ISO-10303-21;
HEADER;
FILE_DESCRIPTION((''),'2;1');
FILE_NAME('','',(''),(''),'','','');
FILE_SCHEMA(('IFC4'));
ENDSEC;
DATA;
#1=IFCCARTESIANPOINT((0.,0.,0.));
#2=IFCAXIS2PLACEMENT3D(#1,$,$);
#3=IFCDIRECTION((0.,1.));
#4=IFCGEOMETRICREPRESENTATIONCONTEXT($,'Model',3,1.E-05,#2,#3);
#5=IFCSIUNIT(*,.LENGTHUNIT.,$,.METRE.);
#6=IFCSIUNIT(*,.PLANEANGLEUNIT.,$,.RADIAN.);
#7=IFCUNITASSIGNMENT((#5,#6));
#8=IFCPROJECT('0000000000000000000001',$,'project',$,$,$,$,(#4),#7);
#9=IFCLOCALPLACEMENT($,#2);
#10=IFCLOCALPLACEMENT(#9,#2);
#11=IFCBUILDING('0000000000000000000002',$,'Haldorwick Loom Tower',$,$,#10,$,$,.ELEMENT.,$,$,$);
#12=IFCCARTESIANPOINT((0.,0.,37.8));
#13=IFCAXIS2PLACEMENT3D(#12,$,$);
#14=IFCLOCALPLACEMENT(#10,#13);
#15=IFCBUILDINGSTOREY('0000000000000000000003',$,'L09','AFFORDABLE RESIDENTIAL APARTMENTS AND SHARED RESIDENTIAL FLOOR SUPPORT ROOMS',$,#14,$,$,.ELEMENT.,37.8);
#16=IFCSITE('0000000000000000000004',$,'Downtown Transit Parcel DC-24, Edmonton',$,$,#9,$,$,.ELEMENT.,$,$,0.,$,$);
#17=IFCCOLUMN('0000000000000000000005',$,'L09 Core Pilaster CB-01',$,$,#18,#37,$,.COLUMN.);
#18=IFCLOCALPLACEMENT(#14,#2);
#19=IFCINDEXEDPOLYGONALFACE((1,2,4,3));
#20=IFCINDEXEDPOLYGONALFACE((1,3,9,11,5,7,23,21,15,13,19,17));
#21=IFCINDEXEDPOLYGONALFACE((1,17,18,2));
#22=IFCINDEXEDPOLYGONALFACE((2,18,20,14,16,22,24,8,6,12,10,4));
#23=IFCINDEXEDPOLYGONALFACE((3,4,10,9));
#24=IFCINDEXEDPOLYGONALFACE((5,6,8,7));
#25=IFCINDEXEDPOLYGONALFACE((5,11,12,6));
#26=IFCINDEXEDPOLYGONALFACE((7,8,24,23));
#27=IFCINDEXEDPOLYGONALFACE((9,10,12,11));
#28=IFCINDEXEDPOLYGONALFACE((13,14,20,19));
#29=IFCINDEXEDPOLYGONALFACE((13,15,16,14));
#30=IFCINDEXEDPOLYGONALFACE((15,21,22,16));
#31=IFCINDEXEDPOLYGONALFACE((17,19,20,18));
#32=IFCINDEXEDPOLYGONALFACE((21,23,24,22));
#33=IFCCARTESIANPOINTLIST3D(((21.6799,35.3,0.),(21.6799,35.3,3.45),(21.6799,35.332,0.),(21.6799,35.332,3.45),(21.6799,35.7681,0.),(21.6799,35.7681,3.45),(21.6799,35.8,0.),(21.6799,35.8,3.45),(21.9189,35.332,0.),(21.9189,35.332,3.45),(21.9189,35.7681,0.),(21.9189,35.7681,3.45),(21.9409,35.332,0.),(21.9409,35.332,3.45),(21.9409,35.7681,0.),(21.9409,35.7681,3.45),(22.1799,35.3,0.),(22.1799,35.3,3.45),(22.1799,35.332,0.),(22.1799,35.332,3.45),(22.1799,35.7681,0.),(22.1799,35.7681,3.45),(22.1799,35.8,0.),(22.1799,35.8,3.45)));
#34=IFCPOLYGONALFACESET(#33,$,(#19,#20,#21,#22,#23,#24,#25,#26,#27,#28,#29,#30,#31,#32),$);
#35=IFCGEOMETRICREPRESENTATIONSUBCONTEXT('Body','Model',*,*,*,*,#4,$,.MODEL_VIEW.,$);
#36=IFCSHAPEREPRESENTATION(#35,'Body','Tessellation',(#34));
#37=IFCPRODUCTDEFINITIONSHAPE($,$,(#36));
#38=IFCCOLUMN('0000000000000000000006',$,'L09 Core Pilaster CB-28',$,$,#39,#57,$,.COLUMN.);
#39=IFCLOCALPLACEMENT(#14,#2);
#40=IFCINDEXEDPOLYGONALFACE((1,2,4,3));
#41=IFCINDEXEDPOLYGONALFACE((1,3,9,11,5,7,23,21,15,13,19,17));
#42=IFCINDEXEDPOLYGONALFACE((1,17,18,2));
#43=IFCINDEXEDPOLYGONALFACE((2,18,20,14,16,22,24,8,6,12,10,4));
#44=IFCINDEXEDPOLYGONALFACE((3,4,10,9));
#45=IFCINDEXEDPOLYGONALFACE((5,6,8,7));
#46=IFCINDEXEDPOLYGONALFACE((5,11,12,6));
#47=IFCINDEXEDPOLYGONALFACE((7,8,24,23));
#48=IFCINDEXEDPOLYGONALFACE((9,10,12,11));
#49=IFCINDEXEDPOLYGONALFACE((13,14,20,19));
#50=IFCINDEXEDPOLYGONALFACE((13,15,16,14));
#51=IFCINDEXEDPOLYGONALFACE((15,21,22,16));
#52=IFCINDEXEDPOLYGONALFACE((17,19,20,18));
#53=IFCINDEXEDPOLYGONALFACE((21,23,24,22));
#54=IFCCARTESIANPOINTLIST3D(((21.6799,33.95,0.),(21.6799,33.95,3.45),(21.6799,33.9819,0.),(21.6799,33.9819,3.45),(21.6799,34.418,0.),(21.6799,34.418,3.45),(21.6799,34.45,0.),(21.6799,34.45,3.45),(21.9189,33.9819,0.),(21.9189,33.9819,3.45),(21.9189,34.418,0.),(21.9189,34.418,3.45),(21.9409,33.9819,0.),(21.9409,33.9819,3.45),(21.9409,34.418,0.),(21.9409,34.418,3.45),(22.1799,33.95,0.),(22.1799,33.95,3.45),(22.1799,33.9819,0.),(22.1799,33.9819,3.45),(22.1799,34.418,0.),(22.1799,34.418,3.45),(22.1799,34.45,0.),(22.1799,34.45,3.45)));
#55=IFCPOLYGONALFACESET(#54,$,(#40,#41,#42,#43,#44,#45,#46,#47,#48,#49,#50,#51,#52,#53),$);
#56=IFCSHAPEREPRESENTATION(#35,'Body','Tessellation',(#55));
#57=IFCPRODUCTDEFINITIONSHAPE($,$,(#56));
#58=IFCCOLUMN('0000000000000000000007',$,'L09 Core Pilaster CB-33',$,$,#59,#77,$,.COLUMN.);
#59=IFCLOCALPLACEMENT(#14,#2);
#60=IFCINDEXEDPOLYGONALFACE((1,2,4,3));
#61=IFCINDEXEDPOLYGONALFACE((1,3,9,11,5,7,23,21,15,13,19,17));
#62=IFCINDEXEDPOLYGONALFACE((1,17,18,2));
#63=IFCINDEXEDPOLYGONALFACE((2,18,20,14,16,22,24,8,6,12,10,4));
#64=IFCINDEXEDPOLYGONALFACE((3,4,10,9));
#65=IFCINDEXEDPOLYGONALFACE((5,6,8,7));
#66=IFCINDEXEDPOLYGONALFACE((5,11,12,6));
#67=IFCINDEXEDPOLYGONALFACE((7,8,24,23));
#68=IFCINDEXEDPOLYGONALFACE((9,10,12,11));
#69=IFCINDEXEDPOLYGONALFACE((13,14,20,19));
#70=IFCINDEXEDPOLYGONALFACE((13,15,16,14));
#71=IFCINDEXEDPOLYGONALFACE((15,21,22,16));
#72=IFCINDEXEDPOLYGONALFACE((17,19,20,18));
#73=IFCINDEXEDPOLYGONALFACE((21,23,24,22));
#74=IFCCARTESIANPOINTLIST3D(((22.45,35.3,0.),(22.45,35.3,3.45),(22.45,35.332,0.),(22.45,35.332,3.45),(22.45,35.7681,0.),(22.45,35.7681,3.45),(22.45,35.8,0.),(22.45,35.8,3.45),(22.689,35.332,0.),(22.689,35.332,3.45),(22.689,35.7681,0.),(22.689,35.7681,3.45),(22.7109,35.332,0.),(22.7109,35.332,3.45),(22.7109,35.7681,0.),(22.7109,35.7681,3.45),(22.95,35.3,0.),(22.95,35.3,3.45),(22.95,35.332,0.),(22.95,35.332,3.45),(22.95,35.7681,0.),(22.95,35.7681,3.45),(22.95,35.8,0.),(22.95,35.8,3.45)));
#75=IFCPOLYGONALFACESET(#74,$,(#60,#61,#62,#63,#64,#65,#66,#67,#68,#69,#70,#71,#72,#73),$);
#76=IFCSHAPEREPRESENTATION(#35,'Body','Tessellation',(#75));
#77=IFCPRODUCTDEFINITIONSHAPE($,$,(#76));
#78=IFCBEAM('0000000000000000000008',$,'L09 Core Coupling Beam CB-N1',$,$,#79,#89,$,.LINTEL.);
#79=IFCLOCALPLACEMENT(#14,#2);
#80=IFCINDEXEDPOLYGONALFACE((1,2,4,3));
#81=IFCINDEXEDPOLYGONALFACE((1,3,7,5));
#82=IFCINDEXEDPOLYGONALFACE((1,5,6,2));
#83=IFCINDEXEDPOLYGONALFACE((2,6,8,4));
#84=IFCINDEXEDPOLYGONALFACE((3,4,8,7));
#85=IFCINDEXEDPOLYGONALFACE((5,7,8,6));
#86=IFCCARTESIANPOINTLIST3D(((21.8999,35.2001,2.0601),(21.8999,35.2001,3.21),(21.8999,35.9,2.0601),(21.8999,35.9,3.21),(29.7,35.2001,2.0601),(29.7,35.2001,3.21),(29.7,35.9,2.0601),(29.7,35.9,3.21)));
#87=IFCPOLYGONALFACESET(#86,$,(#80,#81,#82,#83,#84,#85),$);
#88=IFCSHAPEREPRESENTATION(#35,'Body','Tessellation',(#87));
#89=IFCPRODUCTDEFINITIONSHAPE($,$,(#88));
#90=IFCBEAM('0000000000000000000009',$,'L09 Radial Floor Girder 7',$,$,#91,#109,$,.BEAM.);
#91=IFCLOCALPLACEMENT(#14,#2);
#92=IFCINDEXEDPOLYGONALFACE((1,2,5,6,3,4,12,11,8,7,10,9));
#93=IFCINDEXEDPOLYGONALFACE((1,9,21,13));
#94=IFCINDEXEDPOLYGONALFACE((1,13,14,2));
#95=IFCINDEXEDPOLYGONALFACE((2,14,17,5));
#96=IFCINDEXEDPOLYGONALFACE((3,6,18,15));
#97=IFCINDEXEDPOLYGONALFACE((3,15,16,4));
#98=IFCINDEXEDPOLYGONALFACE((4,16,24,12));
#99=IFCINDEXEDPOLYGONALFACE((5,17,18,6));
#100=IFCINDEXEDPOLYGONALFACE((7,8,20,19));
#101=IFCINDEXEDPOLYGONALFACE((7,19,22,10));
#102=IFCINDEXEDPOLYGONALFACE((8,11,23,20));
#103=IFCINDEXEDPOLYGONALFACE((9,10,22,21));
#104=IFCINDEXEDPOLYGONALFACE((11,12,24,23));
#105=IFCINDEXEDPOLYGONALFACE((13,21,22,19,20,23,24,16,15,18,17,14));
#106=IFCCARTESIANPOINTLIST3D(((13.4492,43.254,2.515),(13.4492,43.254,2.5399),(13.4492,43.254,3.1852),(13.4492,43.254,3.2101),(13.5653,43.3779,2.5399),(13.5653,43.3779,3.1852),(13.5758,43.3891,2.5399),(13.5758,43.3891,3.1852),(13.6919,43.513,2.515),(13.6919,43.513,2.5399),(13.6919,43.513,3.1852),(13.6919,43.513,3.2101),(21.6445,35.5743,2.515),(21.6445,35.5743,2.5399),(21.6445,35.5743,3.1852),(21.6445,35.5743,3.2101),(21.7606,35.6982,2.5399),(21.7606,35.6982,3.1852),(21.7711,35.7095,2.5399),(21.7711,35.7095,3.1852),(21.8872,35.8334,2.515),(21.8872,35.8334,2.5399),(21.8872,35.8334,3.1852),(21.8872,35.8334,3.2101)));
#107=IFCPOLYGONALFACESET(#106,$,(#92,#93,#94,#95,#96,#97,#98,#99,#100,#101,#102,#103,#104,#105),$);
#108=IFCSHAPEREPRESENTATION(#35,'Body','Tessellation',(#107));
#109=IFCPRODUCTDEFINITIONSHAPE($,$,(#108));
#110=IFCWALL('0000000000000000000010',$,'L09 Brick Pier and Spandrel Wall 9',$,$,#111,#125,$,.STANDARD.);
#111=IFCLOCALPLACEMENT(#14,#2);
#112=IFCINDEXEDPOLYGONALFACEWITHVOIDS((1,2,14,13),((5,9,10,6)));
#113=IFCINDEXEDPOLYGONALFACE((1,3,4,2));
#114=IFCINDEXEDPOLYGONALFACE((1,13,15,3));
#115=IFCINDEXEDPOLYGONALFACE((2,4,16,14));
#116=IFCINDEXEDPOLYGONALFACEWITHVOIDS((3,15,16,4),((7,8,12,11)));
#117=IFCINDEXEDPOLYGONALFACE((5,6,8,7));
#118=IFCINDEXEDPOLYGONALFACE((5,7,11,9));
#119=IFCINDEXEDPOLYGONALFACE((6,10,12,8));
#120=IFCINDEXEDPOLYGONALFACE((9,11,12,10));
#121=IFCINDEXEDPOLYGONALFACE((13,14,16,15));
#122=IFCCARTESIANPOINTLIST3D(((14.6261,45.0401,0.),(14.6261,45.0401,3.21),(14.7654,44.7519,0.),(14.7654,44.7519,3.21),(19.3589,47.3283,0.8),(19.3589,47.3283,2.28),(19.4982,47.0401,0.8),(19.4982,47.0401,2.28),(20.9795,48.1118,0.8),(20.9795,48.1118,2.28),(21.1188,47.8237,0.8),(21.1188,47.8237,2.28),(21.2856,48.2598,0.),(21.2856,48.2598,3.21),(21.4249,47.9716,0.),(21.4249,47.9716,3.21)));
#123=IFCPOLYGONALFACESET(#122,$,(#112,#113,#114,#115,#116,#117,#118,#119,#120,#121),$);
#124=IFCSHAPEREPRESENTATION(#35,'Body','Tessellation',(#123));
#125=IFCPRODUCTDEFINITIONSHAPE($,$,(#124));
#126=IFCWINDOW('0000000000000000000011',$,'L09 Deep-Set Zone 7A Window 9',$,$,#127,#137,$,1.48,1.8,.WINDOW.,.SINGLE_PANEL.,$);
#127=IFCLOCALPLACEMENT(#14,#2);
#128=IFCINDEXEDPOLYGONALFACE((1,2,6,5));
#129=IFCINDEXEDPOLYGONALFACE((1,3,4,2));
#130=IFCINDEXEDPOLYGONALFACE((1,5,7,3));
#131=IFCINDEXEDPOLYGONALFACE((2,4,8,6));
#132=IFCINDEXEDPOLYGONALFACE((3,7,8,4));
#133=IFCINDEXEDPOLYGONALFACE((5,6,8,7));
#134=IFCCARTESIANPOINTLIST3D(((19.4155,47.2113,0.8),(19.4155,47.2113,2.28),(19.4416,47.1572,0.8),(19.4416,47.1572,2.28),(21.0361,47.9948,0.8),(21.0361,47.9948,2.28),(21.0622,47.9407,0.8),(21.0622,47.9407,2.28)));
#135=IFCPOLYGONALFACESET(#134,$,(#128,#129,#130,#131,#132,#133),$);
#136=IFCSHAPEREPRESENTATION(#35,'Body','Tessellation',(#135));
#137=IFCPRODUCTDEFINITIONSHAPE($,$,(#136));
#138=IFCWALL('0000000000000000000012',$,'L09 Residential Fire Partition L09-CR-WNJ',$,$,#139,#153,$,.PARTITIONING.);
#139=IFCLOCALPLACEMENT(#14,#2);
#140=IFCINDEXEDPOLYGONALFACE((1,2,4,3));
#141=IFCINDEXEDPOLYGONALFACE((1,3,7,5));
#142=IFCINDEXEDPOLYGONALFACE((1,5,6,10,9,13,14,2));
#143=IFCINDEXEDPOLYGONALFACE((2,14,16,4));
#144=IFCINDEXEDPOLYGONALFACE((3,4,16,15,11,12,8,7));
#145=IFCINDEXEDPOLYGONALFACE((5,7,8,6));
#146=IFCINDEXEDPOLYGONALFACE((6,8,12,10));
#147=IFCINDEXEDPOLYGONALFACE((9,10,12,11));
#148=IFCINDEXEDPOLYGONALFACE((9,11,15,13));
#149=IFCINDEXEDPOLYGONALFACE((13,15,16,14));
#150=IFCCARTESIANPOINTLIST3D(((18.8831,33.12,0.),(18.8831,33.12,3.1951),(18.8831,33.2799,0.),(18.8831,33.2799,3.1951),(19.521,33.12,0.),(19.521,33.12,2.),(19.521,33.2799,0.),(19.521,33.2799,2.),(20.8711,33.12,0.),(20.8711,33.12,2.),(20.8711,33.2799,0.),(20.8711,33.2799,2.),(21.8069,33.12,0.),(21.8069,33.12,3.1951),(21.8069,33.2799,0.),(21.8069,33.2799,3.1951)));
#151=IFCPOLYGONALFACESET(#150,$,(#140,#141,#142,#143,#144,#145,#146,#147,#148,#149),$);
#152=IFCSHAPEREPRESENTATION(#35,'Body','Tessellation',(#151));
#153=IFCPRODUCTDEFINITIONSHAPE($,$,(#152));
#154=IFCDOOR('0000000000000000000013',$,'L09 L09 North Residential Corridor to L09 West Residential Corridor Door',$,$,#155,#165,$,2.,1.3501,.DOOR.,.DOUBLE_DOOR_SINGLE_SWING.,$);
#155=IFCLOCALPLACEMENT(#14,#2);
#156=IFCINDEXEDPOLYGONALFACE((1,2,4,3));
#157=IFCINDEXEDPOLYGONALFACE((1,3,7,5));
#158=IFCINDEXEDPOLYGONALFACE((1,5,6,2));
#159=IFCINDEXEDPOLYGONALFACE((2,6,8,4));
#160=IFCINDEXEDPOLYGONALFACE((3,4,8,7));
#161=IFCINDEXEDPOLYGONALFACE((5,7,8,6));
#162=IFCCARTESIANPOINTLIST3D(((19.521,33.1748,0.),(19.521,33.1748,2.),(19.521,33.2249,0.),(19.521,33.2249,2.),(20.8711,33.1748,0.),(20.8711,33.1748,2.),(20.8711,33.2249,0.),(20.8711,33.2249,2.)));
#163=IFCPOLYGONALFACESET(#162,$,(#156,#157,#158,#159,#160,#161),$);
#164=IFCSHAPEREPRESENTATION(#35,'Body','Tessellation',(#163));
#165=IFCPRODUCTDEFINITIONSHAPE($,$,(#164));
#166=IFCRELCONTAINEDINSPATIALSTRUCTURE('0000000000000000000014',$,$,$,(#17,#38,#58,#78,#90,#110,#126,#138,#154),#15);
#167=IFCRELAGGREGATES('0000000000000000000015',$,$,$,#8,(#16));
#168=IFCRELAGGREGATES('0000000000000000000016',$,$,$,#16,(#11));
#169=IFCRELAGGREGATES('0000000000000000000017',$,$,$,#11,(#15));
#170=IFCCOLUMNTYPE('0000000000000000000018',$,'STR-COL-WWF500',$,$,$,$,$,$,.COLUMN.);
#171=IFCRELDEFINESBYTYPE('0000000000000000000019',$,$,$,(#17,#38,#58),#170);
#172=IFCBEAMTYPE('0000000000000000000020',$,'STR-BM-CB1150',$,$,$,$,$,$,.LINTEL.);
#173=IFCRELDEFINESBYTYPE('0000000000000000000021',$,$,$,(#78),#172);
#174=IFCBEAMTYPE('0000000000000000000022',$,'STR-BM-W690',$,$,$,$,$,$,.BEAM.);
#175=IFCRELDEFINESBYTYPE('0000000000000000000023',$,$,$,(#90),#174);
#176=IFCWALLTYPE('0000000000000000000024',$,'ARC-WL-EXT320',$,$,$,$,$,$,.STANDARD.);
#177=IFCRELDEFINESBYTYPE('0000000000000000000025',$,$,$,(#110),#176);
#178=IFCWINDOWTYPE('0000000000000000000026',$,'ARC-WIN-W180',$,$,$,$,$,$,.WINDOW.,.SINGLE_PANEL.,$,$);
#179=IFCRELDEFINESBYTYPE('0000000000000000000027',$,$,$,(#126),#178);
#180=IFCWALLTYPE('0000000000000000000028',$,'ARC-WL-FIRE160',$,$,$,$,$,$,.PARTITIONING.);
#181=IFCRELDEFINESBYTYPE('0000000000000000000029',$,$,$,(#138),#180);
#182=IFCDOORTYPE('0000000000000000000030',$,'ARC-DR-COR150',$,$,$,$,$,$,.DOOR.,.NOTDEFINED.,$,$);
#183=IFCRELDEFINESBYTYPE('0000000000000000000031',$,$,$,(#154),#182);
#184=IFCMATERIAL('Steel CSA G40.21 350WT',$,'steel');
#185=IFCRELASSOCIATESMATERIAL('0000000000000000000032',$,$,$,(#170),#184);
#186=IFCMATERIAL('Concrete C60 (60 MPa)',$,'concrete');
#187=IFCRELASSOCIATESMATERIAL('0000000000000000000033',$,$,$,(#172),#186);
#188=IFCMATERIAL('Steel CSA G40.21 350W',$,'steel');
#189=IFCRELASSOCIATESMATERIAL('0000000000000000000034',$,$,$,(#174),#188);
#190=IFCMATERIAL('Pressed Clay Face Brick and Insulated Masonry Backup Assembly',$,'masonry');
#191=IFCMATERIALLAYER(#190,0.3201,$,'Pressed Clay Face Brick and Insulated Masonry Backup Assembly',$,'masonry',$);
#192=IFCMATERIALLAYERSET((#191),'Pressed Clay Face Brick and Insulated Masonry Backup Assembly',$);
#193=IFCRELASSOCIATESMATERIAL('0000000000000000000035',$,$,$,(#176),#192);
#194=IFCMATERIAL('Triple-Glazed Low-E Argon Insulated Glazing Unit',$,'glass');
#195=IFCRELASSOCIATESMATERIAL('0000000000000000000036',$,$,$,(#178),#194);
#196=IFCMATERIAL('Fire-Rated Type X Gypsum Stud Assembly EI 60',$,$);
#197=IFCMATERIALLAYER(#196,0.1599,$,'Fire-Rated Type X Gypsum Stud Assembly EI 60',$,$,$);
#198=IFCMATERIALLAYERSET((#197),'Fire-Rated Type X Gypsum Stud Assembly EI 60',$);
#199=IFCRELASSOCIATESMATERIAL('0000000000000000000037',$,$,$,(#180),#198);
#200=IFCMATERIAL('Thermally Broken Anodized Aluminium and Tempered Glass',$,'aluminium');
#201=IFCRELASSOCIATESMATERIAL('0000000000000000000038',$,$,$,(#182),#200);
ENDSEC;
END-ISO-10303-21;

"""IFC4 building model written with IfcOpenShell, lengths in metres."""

from ifc_helpers import new_model, si_unit, direction, frame, frame_2d, origin, origin_2d, place, context, subcontext, project, spatial, rectangle, i_section, extrude, material, layer, layer_set, material_profile, profile_set, type_object, element, fill, save


model = new_model("IFC4")

# Units and contexts
model_context = context("Model", 3, precision=1e-05, world=origin(), true_north=direction((0.0, 1.0)))
body_context = subcontext(model_context, "Body", "Model", "MODEL_VIEW")
ifc_project = project(units=[si_unit("LENGTHUNIT", "METRE"), si_unit("PLANEANGLEUNIT", "RADIAN")], contexts=[model_context])

# Site, building, storey
site_placement = place(None, origin())
site = spatial("IfcSite", under=ifc_project, at=site_placement, Name="Downtown Transit Parcel DC-24, Edmonton", CompositionType="ELEMENT", RefElevation=0.0)
building_placement = place(site_placement, origin())
building = spatial("IfcBuilding", under=site, at=building_placement, Name="Haldorwick Loom Tower", CompositionType="ELEMENT")
storey_placement = place(building_placement, frame((0.0, 0.0, 37.8)))
storey = spatial("IfcBuildingStorey", under=building, at=storey_placement, Name="L09", Description="AFFORDABLE RESIDENTIAL APARTMENTS AND SHARED RESIDENTIAL FLOOR SUPPORT ROOMS", CompositionType="ELEMENT", Elevation=37.8)

# Columns
ifc_material_1 = material(Name="Steel CSA G40.21 350WT", Category="steel")
ifc_material_profile_1 = material_profile(ifc_material_1, i_section(OverallWidth=0.5, OverallDepth=0.5, WebThickness=0.022, FlangeThickness=0.032, at=origin_2d()), Name="WWF500X500", Category="steel")
ifc_profile_set_1 = profile_set([ifc_material_profile_1], Name="Steel CSA G40.21 350WT")
column_type = type_object("IfcColumnType", Name="STR-COL-WWF500", PredefinedType="COLUMN", material=ifc_profile_set_1)
for number, where, z_axis, x_axis, name in (
    (1, (21.9299, 35.55, 0.0), (0.0, 0.0, 1.0), (1.0, 0.0, 0.0), "L09 Core Pilaster CB-01"),
    (2, (21.9299, 34.2, 0.0), (0.0, 0.0, 1.0), (1.0, 0.0, 0.0), "L09 Core Pilaster CB-28"),
    (3, (22.7, 35.55, 0.0), (0.0, 0.0, 1.0), (1.0, 0.0, 0.0), "L09 Core Pilaster CB-33"),
):
    element("IfcColumn", number, at=place(storey_placement, frame(where, z_axis=z_axis, x_axis=x_axis)), inside=storey, type_object=column_type, Name=name, PredefinedType="COLUMN", context=body_context, shape_type="SweptSolid", body=[
        extrude(i_section(OverallWidth=0.5, OverallDepth=0.5, WebThickness=0.022, FlangeThickness=0.032, at=origin_2d()), origin(), (0.0, 0.0, 1.0), 3.45),
    ])

# Beams
ifc_material_2 = material(Name="Concrete C60 (60 MPa)", Category="concrete")
ifc_material_profile_2 = material_profile(ifc_material_2, rectangle(XDim=0.7, YDim=1.1499, at=origin_2d()), Name="RC700X1150", Category="concrete")
ifc_profile_set_2 = profile_set([ifc_material_profile_2], Name="Concrete C60 (60 MPa)")
beam_type_1 = type_object("IfcBeamType", Name="STR-BM-CB1150", PredefinedType="LINTEL", material=ifc_profile_set_2)
beam_1_placement = place(storey_placement, frame((21.8999, 35.55, 2.635), z_axis=(1.0, 0.0, 0.0), x_axis=(0.0, 1.0, 0.0)))
element("IfcBeam", 4, at=beam_1_placement, inside=storey, type_object=beam_type_1, Name="L09 Core Coupling Beam CB-N1", PredefinedType="LINTEL", context=body_context, shape_type="SweptSolid", body=[
    extrude(rectangle(XDim=0.7, YDim=1.1499, at=origin_2d()), origin(), (0.0, 0.0, 1.0), 7.8),
])
ifc_material_3 = material(Name="Steel CSA G40.21 350W", Category="steel")
ifc_material_profile_3 = material_profile(ifc_material_3, i_section(OverallWidth=0.355, OverallDepth=0.6951, WebThickness=0.0154, FlangeThickness=0.0249, at=origin_2d()), Name="W690X217", Category="steel")
ifc_profile_set_3 = profile_set([ifc_material_profile_3], Name="Steel CSA G40.21 350W")
beam_type_2 = type_object("IfcBeamType", Name="STR-BM-W690", PredefinedType="BEAM", material=ifc_profile_set_3)
beam_2_placement = place(storey_placement, frame((21.7659, 35.7039, 2.8625), z_axis=(-0.729689, 0.683779, 0.0), x_axis=(-0.683779, -0.729689, 0.0)))
element("IfcBeam", 5, at=beam_2_placement, inside=storey, type_object=beam_type_2, Name="L09 Radial Floor Girder 7", PredefinedType="BEAM", context=body_context, shape_type="SweptSolid", body=[
    extrude(i_section(OverallWidth=0.355, OverallDepth=0.6951, WebThickness=0.0154, FlangeThickness=0.0249, at=origin_2d()), origin(), (0.0, 0.0, 1.0), 11.2312),
])

# Wall, opening, window
ifc_material_4 = material(Name="Pressed Clay Face Brick and Insulated Masonry Backup Assembly", Category="masonry")
ifc_layer_1 = layer(ifc_material_4, 0.3201, Name="Pressed Clay Face Brick and Insulated Masonry Backup Assembly", Category="masonry")
ifc_layer_set_1 = layer_set([ifc_layer_1], Name="Pressed Clay Face Brick and Insulated Masonry Backup Assembly")
wall_type_1 = type_object("IfcWallType", Name="ARC-WL-EXT320", PredefinedType="STANDARD", material=ifc_layer_set_1)
wall_1_placement = place(storey_placement, frame((21.3552, 48.1157, 0.0), z_axis=(0.0, 0.0, 1.0), x_axis=(-0.900296, -0.435279, 0.0)))
wall_1 = element("IfcWall", 6, at=wall_1_placement, inside=storey, type_object=wall_type_1, Name="L09 Brick Pier and Spandrel Wall 9", PredefinedType="STANDARD", context=body_context, shape_type="SweptSolid", body=[
    extrude(rectangle(XDim=7.397, YDim=0.3201, at=frame_2d((3.6985, 0.0))), origin(), (0.0, 0.0, 1.0), 3.21),
])
opening_1_placement = place(wall_1_placement, frame((0.3401, 0.0, 0.8)))
opening_1 = element("IfcOpeningElement", 7, at=opening_1_placement, cuts=wall_1, PredefinedType="OPENING", context=body_context, shape_type="SweptSolid", body=[
    extrude(rectangle(XDim=1.8, YDim=1.48, at=frame_2d((0.8999, 0.74))), frame((0.0, 0.1699, 0.0), z_axis=(0.0, -1.0, 0.0), x_axis=(1.0, 0.0, 0.0)), (0.0, 0.0, 1.0), 0.3401),
])
ifc_material_5 = material(Name="Triple-Glazed Low-E Argon Insulated Glazing Unit", Category="glass")
window_type = type_object("IfcWindowType", Name="ARC-WIN-W180", PartitioningType="SINGLE_PANEL", PredefinedType="WINDOW", material=ifc_material_5)
window_placement = place(opening_1_placement, origin())
window = element("IfcWindow", 8, at=window_placement, inside=storey, type_object=window_type, Name="L09 Deep-Set Zone 7A Window 9", OverallHeight=1.48, OverallWidth=1.8, PartitioningType="SINGLE_PANEL", PredefinedType="WINDOW", context=body_context, shape_type="SweptSolid", body=[
    extrude(rectangle(XDim=1.8, YDim=1.48, at=frame_2d((0.8999, 0.74))), frame((0.0, 0.03, 0.0), z_axis=(0.0, -1.0, 0.0), x_axis=(1.0, 0.0, 0.0)), (0.0, 0.0, 1.0), 0.0601),
])
fill(opening_1, window)

# Wall, opening, door
ifc_material_6 = material(Name="Fire-Rated Type X Gypsum Stud Assembly EI 60")
ifc_layer_2 = layer(ifc_material_6, 0.1599, Name="Fire-Rated Type X Gypsum Stud Assembly EI 60")
ifc_layer_set_2 = layer_set([ifc_layer_2], Name="Fire-Rated Type X Gypsum Stud Assembly EI 60")
wall_type_2 = type_object("IfcWallType", Name="ARC-WL-FIRE160", PredefinedType="PARTITIONING", material=ifc_layer_set_2)
wall_2_placement = place(storey_placement, frame((18.8831, 33.2, 0.0), z_axis=(0.0, 0.0, 1.0), x_axis=(1.0, 0.0, 0.0)))
wall_2 = element("IfcWall", 9, at=wall_2_placement, inside=storey, type_object=wall_type_2, Name="L09 Residential Fire Partition L09-CR-WNJ", PredefinedType="PARTITIONING", context=body_context, shape_type="SweptSolid", body=[
    extrude(rectangle(XDim=2.9238, YDim=0.1599, at=frame_2d((1.4619, 0.0))), origin(), (0.0, 0.0, 1.0), 3.1951),
])
opening_2_placement = place(wall_2_placement, frame((0.6379, 0.0, 0.0)))
opening_2 = element("IfcOpeningElement", 10, at=opening_2_placement, cuts=wall_2, PredefinedType="OPENING", context=body_context, shape_type="SweptSolid", body=[
    extrude(rectangle(XDim=1.3501, YDim=2.0, at=frame_2d((0.675, 1.0))), frame((0.0, 0.0898, 0.0), z_axis=(0.0, -1.0, 0.0), x_axis=(1.0, 0.0, 0.0)), (0.0, 0.0, 1.0), 0.1799),
])
ifc_material_7 = material(Name="Thermally Broken Anodized Aluminium and Tempered Glass", Category="aluminium")
door_type_1 = type_object("IfcDoorType", Name="ARC-DR-COR150", OperationType="NOTDEFINED", PredefinedType="DOOR", material=ifc_material_7)
door_1_placement = place(opening_2_placement, origin())
door_1 = element("IfcDoor", 11, at=door_1_placement, inside=storey, type_object=door_type_1, Name="L09 L09 North Residential Corridor to L09 West Residential Corridor Door", OperationType="DOUBLE_DOOR_SINGLE_SWING", OverallHeight=2.0, OverallWidth=1.3501, PredefinedType="DOOR", context=body_context, shape_type="SweptSolid", body=[
    extrude(rectangle(XDim=1.3501, YDim=2.0, at=frame_2d((0.675, 1.0))), frame((0.0, 0.0249, 0.0), z_axis=(0.0, -1.0, 0.0), x_axis=(1.0, 0.0, 0.0)), (0.0, 0.0, 1.0), 0.05),
])
fill(opening_2, door_1)

save(model, "model.ifc")
